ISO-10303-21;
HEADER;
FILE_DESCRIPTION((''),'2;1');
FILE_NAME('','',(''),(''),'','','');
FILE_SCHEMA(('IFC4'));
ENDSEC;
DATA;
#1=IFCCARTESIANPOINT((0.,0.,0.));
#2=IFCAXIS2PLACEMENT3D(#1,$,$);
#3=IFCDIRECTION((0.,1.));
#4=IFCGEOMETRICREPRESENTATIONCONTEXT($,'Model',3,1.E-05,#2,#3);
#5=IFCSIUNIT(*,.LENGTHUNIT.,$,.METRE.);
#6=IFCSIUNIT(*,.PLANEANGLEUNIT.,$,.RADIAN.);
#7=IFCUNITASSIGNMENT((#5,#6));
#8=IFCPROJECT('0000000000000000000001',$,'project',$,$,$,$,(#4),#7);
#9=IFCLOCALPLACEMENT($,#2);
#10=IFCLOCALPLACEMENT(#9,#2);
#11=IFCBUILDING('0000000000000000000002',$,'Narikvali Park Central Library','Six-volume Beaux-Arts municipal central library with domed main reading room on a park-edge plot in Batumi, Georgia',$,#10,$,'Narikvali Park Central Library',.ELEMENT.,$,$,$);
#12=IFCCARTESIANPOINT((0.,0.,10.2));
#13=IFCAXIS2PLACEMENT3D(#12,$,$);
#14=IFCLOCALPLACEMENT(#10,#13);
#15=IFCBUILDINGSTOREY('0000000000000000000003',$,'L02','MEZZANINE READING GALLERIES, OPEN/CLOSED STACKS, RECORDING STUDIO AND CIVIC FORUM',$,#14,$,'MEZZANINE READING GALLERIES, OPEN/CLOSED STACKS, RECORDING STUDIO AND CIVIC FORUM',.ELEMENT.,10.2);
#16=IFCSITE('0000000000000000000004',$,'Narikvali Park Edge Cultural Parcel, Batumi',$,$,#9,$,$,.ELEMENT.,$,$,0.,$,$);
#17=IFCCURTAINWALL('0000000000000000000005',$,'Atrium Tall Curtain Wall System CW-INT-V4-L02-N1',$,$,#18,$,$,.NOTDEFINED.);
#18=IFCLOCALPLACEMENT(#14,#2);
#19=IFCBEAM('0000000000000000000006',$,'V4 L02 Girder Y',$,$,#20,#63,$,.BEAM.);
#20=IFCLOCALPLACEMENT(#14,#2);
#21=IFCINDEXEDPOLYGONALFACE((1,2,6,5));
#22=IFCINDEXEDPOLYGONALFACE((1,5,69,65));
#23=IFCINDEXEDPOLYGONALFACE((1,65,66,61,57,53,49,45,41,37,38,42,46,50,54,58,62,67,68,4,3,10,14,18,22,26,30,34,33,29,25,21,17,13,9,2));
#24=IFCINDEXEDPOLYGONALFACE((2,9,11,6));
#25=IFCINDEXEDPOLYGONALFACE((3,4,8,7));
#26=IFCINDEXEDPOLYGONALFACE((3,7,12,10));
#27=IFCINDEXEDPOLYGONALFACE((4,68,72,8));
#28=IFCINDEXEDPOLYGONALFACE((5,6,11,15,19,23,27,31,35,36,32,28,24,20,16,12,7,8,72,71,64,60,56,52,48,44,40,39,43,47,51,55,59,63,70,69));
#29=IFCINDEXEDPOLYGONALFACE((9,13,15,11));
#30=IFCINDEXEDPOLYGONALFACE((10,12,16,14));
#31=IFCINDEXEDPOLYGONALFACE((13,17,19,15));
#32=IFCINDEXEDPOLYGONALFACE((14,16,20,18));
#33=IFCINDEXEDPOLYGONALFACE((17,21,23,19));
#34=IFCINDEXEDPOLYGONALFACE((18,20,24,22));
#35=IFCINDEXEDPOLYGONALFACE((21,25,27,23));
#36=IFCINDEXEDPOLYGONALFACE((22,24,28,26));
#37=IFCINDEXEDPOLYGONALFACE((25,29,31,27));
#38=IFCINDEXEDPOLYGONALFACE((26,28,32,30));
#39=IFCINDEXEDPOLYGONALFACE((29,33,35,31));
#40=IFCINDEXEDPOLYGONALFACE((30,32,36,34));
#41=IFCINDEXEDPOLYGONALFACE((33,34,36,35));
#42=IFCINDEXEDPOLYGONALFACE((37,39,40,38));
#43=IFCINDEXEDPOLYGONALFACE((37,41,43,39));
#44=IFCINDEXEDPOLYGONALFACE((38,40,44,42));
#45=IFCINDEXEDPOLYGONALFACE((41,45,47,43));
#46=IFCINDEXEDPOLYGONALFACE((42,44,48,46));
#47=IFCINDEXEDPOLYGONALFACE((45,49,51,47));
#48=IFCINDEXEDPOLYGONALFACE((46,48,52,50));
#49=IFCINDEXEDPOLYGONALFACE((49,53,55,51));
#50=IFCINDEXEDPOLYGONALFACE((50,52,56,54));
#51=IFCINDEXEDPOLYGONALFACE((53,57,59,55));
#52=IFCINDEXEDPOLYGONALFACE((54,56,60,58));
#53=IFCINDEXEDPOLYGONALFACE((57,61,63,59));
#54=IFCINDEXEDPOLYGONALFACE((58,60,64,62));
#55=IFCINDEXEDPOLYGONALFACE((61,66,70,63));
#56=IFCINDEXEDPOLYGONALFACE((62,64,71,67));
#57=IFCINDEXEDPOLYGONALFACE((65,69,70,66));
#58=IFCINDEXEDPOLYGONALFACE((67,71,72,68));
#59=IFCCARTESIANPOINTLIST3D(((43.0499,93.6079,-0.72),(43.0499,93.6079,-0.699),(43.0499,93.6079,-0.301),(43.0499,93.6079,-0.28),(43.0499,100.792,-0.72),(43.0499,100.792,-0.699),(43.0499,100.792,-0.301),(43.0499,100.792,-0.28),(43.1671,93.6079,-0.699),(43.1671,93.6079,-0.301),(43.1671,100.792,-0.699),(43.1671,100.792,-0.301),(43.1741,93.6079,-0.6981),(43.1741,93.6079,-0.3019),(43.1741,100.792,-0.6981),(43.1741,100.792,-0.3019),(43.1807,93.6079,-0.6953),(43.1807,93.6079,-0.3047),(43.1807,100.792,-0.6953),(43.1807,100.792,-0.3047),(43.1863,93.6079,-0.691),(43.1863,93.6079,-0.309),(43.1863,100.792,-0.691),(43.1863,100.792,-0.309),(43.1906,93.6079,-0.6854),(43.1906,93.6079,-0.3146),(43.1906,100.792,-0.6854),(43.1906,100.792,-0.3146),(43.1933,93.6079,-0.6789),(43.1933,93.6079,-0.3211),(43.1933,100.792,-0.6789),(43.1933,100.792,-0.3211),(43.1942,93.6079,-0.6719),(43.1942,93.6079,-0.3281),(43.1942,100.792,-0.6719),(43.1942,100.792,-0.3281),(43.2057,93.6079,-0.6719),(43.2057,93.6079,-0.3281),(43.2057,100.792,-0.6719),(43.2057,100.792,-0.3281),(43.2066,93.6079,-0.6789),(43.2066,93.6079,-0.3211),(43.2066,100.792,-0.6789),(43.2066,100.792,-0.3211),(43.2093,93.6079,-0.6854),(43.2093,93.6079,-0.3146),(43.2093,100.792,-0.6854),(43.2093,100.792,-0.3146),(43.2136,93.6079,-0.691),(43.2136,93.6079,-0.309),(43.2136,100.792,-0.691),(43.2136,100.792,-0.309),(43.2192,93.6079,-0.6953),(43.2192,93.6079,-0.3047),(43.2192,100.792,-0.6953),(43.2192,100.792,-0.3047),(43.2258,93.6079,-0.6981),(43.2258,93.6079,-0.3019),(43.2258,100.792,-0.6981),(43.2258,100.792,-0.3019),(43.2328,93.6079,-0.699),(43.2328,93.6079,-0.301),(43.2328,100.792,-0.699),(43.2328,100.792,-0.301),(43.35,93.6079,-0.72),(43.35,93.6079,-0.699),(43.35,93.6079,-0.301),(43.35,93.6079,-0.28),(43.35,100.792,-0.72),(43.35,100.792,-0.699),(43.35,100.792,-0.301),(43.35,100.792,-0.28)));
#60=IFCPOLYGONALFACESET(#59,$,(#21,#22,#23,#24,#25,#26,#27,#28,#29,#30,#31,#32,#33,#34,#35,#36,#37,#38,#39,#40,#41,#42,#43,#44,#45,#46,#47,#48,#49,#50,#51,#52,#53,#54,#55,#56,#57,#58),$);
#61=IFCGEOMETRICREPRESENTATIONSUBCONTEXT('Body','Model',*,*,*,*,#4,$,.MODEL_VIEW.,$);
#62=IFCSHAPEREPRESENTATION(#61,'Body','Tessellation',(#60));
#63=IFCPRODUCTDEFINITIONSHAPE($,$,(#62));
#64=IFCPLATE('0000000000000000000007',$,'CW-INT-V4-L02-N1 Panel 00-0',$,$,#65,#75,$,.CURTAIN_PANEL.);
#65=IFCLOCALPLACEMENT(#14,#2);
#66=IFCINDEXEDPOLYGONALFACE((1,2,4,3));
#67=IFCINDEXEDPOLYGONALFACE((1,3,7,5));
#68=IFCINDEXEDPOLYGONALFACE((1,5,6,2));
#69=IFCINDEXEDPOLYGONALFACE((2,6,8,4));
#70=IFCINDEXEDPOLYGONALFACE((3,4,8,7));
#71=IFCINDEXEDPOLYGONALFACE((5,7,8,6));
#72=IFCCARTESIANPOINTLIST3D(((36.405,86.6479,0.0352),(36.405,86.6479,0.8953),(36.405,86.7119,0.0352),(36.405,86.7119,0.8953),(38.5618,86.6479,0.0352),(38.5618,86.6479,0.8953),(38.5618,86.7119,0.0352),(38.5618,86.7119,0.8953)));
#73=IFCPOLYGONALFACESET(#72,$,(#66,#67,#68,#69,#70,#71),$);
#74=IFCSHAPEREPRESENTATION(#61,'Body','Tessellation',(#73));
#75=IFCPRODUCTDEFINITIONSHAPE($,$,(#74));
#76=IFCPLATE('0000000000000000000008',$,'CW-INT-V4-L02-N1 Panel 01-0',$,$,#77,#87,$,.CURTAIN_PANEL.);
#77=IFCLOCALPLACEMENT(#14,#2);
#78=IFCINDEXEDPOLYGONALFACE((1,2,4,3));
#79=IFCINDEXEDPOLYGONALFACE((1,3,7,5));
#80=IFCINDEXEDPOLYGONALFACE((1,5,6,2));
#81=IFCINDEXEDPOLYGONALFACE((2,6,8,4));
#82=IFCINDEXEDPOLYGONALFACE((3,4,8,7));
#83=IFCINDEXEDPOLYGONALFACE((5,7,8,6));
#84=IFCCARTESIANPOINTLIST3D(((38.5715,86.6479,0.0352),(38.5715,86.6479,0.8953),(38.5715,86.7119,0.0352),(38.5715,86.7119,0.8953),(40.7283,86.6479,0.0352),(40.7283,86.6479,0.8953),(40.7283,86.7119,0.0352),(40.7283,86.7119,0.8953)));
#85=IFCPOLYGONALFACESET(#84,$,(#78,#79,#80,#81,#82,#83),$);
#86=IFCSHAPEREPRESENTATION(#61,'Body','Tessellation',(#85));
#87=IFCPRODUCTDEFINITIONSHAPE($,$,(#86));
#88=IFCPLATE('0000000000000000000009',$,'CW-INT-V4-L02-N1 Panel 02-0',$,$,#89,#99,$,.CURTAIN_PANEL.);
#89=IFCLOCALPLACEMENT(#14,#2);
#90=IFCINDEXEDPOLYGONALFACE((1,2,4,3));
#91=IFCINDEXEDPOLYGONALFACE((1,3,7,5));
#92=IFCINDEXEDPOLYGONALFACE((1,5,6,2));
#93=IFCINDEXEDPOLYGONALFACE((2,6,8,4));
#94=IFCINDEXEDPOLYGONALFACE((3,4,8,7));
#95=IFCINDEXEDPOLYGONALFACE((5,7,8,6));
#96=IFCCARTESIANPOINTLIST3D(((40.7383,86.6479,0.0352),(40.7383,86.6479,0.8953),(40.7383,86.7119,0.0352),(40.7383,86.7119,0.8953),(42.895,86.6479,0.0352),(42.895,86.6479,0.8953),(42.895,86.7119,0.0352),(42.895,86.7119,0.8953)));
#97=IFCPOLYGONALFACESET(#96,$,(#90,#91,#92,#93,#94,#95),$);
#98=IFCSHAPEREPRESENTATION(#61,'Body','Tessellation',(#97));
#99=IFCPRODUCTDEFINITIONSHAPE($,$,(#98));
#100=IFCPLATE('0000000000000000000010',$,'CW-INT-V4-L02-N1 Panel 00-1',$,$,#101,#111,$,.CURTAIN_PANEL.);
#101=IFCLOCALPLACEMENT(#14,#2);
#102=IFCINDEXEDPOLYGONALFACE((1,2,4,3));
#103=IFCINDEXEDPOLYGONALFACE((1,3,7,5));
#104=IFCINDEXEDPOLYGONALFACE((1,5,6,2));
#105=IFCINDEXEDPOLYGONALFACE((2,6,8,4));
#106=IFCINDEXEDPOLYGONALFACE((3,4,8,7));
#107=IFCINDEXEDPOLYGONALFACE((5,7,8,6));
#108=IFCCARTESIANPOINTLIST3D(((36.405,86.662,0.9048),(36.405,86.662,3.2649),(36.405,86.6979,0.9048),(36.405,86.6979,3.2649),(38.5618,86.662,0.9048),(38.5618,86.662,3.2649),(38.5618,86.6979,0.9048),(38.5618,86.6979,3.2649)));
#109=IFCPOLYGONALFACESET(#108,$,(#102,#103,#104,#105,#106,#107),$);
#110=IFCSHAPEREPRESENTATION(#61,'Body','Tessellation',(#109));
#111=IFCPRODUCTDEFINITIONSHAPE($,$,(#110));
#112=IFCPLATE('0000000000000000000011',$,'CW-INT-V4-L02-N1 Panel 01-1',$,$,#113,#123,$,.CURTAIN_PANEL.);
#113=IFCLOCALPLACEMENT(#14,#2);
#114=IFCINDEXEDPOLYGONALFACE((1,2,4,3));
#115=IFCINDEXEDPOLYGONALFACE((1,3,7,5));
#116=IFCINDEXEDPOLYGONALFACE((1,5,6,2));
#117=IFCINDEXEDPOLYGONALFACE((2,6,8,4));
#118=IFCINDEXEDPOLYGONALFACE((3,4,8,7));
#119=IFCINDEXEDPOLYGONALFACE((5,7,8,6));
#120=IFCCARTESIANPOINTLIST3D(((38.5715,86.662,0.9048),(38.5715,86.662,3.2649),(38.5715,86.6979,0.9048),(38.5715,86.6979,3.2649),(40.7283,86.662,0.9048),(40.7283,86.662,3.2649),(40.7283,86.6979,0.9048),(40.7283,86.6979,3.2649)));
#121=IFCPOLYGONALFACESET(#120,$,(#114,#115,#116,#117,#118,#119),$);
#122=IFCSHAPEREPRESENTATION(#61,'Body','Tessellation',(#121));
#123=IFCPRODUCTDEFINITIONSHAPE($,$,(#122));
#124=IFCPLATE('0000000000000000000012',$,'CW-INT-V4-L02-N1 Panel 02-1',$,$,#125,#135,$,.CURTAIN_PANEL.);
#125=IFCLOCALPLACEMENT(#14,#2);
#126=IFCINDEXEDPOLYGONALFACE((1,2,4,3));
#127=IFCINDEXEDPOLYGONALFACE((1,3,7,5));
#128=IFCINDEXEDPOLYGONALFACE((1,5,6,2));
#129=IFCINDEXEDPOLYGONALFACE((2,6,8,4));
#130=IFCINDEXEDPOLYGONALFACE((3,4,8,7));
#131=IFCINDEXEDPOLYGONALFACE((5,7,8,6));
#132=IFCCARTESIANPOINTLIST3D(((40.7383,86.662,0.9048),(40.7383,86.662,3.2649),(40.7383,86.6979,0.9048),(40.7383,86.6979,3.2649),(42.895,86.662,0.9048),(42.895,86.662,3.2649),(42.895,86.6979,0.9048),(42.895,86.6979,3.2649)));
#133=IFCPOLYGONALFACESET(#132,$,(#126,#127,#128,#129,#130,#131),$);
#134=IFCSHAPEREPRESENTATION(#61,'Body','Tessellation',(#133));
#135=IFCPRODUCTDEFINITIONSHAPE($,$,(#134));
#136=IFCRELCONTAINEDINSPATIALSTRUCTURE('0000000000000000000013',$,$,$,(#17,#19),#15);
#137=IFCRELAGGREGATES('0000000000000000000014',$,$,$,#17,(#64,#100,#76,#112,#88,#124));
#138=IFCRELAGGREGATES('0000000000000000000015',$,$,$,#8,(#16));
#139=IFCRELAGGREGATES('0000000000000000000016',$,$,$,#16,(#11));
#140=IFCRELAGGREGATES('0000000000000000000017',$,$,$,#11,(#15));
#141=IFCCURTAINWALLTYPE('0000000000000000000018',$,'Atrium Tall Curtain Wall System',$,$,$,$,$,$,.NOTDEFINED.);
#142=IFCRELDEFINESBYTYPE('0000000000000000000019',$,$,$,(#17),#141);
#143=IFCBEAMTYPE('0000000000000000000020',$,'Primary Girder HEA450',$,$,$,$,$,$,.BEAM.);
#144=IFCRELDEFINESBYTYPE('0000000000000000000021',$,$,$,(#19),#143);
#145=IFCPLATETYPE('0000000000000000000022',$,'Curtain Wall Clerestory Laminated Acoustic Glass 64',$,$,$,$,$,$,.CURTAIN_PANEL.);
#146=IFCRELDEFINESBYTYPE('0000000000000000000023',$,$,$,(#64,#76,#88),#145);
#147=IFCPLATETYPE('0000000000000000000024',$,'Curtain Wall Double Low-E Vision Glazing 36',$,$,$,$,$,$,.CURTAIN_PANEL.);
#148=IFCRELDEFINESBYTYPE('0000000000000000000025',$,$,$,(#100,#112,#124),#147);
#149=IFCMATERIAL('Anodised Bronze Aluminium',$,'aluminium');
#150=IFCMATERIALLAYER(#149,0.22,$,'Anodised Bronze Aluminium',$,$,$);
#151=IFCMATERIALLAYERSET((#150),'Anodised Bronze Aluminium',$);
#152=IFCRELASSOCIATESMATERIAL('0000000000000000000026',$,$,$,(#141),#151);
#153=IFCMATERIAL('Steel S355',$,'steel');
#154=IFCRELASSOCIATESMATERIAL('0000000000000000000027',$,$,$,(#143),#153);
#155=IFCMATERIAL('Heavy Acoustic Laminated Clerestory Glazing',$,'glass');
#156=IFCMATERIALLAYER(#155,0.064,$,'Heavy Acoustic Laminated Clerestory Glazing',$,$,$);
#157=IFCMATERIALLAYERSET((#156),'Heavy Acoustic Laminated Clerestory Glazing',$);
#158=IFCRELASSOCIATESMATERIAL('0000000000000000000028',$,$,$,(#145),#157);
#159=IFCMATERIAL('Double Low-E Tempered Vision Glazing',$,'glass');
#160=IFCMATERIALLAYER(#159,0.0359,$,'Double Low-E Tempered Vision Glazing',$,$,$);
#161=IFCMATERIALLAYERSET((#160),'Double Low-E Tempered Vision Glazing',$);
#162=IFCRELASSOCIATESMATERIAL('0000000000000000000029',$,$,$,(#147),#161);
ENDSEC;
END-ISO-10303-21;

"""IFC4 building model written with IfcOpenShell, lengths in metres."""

from ifc_helpers import new_model, si_unit, direction, frame, origin, origin_2d, place, context, subcontext, project, spatial, rectangle, i_section, extrude, material, layer, layer_set, material_profile, profile_set, type_object, element, aggregate, save


model = new_model("IFC4")

# Units and contexts
model_context = context("Model", 3, precision=1e-05, world=origin(), true_north=direction((0.0, 1.0)))
body_context = subcontext(model_context, "Body", "Model", "MODEL_VIEW")
ifc_project = project(units=[si_unit("LENGTHUNIT", "METRE"), si_unit("PLANEANGLEUNIT", "RADIAN")], contexts=[model_context])

# Site, building, storey
site_placement = place(None, origin())
site = spatial("IfcSite", under=ifc_project, at=site_placement, Name="Narikvali Park Edge Cultural Parcel, Batumi", CompositionType="ELEMENT", RefElevation=0.0)
building_placement = place(site_placement, origin())
building = spatial("IfcBuilding", under=site, at=building_placement, Name="Narikvali Park Central Library", Description="Six-volume Beaux-Arts municipal central library with domed main reading room on a park-edge plot in Batumi, Georgia", LongName="Narikvali Park Central Library", CompositionType="ELEMENT")
storey_placement = place(building_placement, frame((0.0, 0.0, 10.2)))
storey = spatial("IfcBuildingStorey", under=building, at=storey_placement, Name="L02", Description="MEZZANINE READING GALLERIES, OPEN/CLOSED STACKS, RECORDING STUDIO AND CIVIC FORUM", LongName="MEZZANINE READING GALLERIES, OPEN/CLOSED STACKS, RECORDING STUDIO AND CIVIC FORUM", CompositionType="ELEMENT", Elevation=10.2)

# Shared definitions
ifc_material_1 = material(Name="Steel S355", Category="steel")

# Curtain wall
ifc_material_2 = material(Name="Anodised Bronze Aluminium", Category="aluminium")
ifc_layer_1 = layer(ifc_material_2, 0.22, Name="Anodised Bronze Aluminium")
ifc_layer_set_1 = layer_set([ifc_layer_1], Name="Anodised Bronze Aluminium")
curtain_wall_type = type_object("IfcCurtainWallType", Name="Atrium Tall Curtain Wall System", PredefinedType="NOTDEFINED", material=ifc_layer_set_1)
curtain_wall_placement = place(storey_placement, origin())
curtain_wall = element("IfcCurtainWall", 1, at=curtain_wall_placement, inside=storey, type_object=curtain_wall_type, Name="Atrium Tall Curtain Wall System CW-INT-V4-L02-N1", PredefinedType="NOTDEFINED")

# Beam
ifc_material_profile_1 = material_profile(ifc_material_1, i_section(OverallWidth=0.3, OverallDepth=0.4399, WebThickness=0.0115, FlangeThickness=0.021, FilletRadius=0.0271, at=origin_2d()), Name="HEA 450")
ifc_profile_set_1 = profile_set([ifc_material_profile_1], Name="Steel S355")
beam_type_1 = type_object("IfcBeamType", Name="Primary Girder HEA450", PredefinedType="BEAM", material=ifc_profile_set_1)
for number, where, z_axis, x_axis, name in (
    (2, (43.2, 93.6079, -0.5), (0.0, 1.0, 0.0), (-1.0, 0.0, 0.0), "V4 L02 Girder Y"),
):
    element("IfcBeam", number, at=place(storey_placement, frame(where, z_axis=z_axis, x_axis=x_axis)), inside=storey, type_object=beam_type_1, Name=name, PredefinedType="BEAM", context=body_context, shape_type="SweptSolid", body=[
        extrude(i_section(OverallWidth=0.3, OverallDepth=0.4399, WebThickness=0.0115, FlangeThickness=0.021, FilletRadius=0.0271, at=origin_2d()), origin(), (0.0, 0.0, 1.0), 7.1841),
    ])

# Plates
ifc_material_3 = material(Name="Heavy Acoustic Laminated Clerestory Glazing", Category="glass")
ifc_layer_2 = layer(ifc_material_3, 0.064, Name="Heavy Acoustic Laminated Clerestory Glazing")
ifc_layer_set_2 = layer_set([ifc_layer_2], Name="Heavy Acoustic Laminated Clerestory Glazing")
plate_type_1 = type_object("IfcPlateType", Name="Curtain Wall Clerestory Laminated Acoustic Glass 64", PredefinedType="CURTAIN_PANEL", material=ifc_layer_set_2)
plate_1_placement = place(storey_placement, frame((37.4834, 86.6799, 0.0352), z_axis=(0.0, 0.0, 1.0), x_axis=(1.0, 0.0, 0.0)))
plate_1 = element("IfcPlate", 3, at=plate_1_placement, type_object=plate_type_1, Name="CW-INT-V4-L02-N1 Panel 00-0", PredefinedType="CURTAIN_PANEL", context=body_context, shape_type="SweptSolid", body=[
    extrude(rectangle(XDim=2.1567, YDim=0.064, at=origin_2d()), origin(), (0.0, 0.0, 1.0), 0.8601),
])
plate_2_placement = place(storey_placement, frame((39.6499, 86.6799, 0.0352), z_axis=(0.0, 0.0, 1.0), x_axis=(1.0, 0.0, 0.0)))
plate_2 = element("IfcPlate", 4, at=plate_2_placement, type_object=plate_type_1, Name="CW-INT-V4-L02-N1 Panel 01-0", PredefinedType="CURTAIN_PANEL", context=body_context, shape_type="SweptSolid", body=[
    extrude(rectangle(XDim=2.1567, YDim=0.064, at=origin_2d()), origin(), (0.0, 0.0, 1.0), 0.8601),
])
plate_3_placement = place(storey_placement, frame((41.8167, 86.6799, 0.0352), z_axis=(0.0, 0.0, 1.0), x_axis=(1.0, 0.0, 0.0)))
plate_3 = element("IfcPlate", 5, at=plate_3_placement, type_object=plate_type_1, Name="CW-INT-V4-L02-N1 Panel 02-0", PredefinedType="CURTAIN_PANEL", context=body_context, shape_type="SweptSolid", body=[
    extrude(rectangle(XDim=2.1567, YDim=0.064, at=origin_2d()), origin(), (0.0, 0.0, 1.0), 0.8601),
])
ifc_material_4 = material(Name="Double Low-E Tempered Vision Glazing", Category="glass")
ifc_layer_3 = layer(ifc_material_4, 0.0359, Name="Double Low-E Tempered Vision Glazing")
ifc_layer_set_3 = layer_set([ifc_layer_3], Name="Double Low-E Tempered Vision Glazing")
plate_type_2 = type_object("IfcPlateType", Name="Curtain Wall Double Low-E Vision Glazing 36", PredefinedType="CURTAIN_PANEL", material=ifc_layer_set_3)
plate_4_placement = place(storey_placement, frame((37.4834, 86.6799, 0.9048), z_axis=(0.0, 0.0, 1.0), x_axis=(1.0, 0.0, 0.0)))
plate_4 = element("IfcPlate", 6, at=plate_4_placement, type_object=plate_type_2, Name="CW-INT-V4-L02-N1 Panel 00-1", PredefinedType="CURTAIN_PANEL", context=body_context, shape_type="SweptSolid", body=[
    extrude(rectangle(XDim=2.1567, YDim=0.0359, at=origin_2d()), origin(), (0.0, 0.0, 1.0), 2.3601),
])
plate_5_placement = place(storey_placement, frame((39.6499, 86.6799, 0.9048), z_axis=(0.0, 0.0, 1.0), x_axis=(1.0, 0.0, 0.0)))
plate_5 = element("IfcPlate", 7, at=plate_5_placement, type_object=plate_type_2, Name="CW-INT-V4-L02-N1 Panel 01-1", PredefinedType="CURTAIN_PANEL", context=body_context, shape_type="SweptSolid", body=[
    extrude(rectangle(XDim=2.1567, YDim=0.0359, at=origin_2d()), origin(), (0.0, 0.0, 1.0), 2.3601),
])
plate_6_placement = place(storey_placement, frame((41.8167, 86.6799, 0.9048), z_axis=(0.0, 0.0, 1.0), x_axis=(1.0, 0.0, 0.0)))
plate_6 = element("IfcPlate", 8, at=plate_6_placement, type_object=plate_type_2, Name="CW-INT-V4-L02-N1 Panel 02-1", PredefinedType="CURTAIN_PANEL", context=body_context, shape_type="SweptSolid", body=[
    extrude(rectangle(XDim=2.1567, YDim=0.0359, at=origin_2d()), origin(), (0.0, 0.0, 1.0), 2.3601),
])
aggregate(curtain_wall, [plate_1, plate_4, plate_2, plate_5, plate_3, plate_6])

save(model, "model.ifc")
